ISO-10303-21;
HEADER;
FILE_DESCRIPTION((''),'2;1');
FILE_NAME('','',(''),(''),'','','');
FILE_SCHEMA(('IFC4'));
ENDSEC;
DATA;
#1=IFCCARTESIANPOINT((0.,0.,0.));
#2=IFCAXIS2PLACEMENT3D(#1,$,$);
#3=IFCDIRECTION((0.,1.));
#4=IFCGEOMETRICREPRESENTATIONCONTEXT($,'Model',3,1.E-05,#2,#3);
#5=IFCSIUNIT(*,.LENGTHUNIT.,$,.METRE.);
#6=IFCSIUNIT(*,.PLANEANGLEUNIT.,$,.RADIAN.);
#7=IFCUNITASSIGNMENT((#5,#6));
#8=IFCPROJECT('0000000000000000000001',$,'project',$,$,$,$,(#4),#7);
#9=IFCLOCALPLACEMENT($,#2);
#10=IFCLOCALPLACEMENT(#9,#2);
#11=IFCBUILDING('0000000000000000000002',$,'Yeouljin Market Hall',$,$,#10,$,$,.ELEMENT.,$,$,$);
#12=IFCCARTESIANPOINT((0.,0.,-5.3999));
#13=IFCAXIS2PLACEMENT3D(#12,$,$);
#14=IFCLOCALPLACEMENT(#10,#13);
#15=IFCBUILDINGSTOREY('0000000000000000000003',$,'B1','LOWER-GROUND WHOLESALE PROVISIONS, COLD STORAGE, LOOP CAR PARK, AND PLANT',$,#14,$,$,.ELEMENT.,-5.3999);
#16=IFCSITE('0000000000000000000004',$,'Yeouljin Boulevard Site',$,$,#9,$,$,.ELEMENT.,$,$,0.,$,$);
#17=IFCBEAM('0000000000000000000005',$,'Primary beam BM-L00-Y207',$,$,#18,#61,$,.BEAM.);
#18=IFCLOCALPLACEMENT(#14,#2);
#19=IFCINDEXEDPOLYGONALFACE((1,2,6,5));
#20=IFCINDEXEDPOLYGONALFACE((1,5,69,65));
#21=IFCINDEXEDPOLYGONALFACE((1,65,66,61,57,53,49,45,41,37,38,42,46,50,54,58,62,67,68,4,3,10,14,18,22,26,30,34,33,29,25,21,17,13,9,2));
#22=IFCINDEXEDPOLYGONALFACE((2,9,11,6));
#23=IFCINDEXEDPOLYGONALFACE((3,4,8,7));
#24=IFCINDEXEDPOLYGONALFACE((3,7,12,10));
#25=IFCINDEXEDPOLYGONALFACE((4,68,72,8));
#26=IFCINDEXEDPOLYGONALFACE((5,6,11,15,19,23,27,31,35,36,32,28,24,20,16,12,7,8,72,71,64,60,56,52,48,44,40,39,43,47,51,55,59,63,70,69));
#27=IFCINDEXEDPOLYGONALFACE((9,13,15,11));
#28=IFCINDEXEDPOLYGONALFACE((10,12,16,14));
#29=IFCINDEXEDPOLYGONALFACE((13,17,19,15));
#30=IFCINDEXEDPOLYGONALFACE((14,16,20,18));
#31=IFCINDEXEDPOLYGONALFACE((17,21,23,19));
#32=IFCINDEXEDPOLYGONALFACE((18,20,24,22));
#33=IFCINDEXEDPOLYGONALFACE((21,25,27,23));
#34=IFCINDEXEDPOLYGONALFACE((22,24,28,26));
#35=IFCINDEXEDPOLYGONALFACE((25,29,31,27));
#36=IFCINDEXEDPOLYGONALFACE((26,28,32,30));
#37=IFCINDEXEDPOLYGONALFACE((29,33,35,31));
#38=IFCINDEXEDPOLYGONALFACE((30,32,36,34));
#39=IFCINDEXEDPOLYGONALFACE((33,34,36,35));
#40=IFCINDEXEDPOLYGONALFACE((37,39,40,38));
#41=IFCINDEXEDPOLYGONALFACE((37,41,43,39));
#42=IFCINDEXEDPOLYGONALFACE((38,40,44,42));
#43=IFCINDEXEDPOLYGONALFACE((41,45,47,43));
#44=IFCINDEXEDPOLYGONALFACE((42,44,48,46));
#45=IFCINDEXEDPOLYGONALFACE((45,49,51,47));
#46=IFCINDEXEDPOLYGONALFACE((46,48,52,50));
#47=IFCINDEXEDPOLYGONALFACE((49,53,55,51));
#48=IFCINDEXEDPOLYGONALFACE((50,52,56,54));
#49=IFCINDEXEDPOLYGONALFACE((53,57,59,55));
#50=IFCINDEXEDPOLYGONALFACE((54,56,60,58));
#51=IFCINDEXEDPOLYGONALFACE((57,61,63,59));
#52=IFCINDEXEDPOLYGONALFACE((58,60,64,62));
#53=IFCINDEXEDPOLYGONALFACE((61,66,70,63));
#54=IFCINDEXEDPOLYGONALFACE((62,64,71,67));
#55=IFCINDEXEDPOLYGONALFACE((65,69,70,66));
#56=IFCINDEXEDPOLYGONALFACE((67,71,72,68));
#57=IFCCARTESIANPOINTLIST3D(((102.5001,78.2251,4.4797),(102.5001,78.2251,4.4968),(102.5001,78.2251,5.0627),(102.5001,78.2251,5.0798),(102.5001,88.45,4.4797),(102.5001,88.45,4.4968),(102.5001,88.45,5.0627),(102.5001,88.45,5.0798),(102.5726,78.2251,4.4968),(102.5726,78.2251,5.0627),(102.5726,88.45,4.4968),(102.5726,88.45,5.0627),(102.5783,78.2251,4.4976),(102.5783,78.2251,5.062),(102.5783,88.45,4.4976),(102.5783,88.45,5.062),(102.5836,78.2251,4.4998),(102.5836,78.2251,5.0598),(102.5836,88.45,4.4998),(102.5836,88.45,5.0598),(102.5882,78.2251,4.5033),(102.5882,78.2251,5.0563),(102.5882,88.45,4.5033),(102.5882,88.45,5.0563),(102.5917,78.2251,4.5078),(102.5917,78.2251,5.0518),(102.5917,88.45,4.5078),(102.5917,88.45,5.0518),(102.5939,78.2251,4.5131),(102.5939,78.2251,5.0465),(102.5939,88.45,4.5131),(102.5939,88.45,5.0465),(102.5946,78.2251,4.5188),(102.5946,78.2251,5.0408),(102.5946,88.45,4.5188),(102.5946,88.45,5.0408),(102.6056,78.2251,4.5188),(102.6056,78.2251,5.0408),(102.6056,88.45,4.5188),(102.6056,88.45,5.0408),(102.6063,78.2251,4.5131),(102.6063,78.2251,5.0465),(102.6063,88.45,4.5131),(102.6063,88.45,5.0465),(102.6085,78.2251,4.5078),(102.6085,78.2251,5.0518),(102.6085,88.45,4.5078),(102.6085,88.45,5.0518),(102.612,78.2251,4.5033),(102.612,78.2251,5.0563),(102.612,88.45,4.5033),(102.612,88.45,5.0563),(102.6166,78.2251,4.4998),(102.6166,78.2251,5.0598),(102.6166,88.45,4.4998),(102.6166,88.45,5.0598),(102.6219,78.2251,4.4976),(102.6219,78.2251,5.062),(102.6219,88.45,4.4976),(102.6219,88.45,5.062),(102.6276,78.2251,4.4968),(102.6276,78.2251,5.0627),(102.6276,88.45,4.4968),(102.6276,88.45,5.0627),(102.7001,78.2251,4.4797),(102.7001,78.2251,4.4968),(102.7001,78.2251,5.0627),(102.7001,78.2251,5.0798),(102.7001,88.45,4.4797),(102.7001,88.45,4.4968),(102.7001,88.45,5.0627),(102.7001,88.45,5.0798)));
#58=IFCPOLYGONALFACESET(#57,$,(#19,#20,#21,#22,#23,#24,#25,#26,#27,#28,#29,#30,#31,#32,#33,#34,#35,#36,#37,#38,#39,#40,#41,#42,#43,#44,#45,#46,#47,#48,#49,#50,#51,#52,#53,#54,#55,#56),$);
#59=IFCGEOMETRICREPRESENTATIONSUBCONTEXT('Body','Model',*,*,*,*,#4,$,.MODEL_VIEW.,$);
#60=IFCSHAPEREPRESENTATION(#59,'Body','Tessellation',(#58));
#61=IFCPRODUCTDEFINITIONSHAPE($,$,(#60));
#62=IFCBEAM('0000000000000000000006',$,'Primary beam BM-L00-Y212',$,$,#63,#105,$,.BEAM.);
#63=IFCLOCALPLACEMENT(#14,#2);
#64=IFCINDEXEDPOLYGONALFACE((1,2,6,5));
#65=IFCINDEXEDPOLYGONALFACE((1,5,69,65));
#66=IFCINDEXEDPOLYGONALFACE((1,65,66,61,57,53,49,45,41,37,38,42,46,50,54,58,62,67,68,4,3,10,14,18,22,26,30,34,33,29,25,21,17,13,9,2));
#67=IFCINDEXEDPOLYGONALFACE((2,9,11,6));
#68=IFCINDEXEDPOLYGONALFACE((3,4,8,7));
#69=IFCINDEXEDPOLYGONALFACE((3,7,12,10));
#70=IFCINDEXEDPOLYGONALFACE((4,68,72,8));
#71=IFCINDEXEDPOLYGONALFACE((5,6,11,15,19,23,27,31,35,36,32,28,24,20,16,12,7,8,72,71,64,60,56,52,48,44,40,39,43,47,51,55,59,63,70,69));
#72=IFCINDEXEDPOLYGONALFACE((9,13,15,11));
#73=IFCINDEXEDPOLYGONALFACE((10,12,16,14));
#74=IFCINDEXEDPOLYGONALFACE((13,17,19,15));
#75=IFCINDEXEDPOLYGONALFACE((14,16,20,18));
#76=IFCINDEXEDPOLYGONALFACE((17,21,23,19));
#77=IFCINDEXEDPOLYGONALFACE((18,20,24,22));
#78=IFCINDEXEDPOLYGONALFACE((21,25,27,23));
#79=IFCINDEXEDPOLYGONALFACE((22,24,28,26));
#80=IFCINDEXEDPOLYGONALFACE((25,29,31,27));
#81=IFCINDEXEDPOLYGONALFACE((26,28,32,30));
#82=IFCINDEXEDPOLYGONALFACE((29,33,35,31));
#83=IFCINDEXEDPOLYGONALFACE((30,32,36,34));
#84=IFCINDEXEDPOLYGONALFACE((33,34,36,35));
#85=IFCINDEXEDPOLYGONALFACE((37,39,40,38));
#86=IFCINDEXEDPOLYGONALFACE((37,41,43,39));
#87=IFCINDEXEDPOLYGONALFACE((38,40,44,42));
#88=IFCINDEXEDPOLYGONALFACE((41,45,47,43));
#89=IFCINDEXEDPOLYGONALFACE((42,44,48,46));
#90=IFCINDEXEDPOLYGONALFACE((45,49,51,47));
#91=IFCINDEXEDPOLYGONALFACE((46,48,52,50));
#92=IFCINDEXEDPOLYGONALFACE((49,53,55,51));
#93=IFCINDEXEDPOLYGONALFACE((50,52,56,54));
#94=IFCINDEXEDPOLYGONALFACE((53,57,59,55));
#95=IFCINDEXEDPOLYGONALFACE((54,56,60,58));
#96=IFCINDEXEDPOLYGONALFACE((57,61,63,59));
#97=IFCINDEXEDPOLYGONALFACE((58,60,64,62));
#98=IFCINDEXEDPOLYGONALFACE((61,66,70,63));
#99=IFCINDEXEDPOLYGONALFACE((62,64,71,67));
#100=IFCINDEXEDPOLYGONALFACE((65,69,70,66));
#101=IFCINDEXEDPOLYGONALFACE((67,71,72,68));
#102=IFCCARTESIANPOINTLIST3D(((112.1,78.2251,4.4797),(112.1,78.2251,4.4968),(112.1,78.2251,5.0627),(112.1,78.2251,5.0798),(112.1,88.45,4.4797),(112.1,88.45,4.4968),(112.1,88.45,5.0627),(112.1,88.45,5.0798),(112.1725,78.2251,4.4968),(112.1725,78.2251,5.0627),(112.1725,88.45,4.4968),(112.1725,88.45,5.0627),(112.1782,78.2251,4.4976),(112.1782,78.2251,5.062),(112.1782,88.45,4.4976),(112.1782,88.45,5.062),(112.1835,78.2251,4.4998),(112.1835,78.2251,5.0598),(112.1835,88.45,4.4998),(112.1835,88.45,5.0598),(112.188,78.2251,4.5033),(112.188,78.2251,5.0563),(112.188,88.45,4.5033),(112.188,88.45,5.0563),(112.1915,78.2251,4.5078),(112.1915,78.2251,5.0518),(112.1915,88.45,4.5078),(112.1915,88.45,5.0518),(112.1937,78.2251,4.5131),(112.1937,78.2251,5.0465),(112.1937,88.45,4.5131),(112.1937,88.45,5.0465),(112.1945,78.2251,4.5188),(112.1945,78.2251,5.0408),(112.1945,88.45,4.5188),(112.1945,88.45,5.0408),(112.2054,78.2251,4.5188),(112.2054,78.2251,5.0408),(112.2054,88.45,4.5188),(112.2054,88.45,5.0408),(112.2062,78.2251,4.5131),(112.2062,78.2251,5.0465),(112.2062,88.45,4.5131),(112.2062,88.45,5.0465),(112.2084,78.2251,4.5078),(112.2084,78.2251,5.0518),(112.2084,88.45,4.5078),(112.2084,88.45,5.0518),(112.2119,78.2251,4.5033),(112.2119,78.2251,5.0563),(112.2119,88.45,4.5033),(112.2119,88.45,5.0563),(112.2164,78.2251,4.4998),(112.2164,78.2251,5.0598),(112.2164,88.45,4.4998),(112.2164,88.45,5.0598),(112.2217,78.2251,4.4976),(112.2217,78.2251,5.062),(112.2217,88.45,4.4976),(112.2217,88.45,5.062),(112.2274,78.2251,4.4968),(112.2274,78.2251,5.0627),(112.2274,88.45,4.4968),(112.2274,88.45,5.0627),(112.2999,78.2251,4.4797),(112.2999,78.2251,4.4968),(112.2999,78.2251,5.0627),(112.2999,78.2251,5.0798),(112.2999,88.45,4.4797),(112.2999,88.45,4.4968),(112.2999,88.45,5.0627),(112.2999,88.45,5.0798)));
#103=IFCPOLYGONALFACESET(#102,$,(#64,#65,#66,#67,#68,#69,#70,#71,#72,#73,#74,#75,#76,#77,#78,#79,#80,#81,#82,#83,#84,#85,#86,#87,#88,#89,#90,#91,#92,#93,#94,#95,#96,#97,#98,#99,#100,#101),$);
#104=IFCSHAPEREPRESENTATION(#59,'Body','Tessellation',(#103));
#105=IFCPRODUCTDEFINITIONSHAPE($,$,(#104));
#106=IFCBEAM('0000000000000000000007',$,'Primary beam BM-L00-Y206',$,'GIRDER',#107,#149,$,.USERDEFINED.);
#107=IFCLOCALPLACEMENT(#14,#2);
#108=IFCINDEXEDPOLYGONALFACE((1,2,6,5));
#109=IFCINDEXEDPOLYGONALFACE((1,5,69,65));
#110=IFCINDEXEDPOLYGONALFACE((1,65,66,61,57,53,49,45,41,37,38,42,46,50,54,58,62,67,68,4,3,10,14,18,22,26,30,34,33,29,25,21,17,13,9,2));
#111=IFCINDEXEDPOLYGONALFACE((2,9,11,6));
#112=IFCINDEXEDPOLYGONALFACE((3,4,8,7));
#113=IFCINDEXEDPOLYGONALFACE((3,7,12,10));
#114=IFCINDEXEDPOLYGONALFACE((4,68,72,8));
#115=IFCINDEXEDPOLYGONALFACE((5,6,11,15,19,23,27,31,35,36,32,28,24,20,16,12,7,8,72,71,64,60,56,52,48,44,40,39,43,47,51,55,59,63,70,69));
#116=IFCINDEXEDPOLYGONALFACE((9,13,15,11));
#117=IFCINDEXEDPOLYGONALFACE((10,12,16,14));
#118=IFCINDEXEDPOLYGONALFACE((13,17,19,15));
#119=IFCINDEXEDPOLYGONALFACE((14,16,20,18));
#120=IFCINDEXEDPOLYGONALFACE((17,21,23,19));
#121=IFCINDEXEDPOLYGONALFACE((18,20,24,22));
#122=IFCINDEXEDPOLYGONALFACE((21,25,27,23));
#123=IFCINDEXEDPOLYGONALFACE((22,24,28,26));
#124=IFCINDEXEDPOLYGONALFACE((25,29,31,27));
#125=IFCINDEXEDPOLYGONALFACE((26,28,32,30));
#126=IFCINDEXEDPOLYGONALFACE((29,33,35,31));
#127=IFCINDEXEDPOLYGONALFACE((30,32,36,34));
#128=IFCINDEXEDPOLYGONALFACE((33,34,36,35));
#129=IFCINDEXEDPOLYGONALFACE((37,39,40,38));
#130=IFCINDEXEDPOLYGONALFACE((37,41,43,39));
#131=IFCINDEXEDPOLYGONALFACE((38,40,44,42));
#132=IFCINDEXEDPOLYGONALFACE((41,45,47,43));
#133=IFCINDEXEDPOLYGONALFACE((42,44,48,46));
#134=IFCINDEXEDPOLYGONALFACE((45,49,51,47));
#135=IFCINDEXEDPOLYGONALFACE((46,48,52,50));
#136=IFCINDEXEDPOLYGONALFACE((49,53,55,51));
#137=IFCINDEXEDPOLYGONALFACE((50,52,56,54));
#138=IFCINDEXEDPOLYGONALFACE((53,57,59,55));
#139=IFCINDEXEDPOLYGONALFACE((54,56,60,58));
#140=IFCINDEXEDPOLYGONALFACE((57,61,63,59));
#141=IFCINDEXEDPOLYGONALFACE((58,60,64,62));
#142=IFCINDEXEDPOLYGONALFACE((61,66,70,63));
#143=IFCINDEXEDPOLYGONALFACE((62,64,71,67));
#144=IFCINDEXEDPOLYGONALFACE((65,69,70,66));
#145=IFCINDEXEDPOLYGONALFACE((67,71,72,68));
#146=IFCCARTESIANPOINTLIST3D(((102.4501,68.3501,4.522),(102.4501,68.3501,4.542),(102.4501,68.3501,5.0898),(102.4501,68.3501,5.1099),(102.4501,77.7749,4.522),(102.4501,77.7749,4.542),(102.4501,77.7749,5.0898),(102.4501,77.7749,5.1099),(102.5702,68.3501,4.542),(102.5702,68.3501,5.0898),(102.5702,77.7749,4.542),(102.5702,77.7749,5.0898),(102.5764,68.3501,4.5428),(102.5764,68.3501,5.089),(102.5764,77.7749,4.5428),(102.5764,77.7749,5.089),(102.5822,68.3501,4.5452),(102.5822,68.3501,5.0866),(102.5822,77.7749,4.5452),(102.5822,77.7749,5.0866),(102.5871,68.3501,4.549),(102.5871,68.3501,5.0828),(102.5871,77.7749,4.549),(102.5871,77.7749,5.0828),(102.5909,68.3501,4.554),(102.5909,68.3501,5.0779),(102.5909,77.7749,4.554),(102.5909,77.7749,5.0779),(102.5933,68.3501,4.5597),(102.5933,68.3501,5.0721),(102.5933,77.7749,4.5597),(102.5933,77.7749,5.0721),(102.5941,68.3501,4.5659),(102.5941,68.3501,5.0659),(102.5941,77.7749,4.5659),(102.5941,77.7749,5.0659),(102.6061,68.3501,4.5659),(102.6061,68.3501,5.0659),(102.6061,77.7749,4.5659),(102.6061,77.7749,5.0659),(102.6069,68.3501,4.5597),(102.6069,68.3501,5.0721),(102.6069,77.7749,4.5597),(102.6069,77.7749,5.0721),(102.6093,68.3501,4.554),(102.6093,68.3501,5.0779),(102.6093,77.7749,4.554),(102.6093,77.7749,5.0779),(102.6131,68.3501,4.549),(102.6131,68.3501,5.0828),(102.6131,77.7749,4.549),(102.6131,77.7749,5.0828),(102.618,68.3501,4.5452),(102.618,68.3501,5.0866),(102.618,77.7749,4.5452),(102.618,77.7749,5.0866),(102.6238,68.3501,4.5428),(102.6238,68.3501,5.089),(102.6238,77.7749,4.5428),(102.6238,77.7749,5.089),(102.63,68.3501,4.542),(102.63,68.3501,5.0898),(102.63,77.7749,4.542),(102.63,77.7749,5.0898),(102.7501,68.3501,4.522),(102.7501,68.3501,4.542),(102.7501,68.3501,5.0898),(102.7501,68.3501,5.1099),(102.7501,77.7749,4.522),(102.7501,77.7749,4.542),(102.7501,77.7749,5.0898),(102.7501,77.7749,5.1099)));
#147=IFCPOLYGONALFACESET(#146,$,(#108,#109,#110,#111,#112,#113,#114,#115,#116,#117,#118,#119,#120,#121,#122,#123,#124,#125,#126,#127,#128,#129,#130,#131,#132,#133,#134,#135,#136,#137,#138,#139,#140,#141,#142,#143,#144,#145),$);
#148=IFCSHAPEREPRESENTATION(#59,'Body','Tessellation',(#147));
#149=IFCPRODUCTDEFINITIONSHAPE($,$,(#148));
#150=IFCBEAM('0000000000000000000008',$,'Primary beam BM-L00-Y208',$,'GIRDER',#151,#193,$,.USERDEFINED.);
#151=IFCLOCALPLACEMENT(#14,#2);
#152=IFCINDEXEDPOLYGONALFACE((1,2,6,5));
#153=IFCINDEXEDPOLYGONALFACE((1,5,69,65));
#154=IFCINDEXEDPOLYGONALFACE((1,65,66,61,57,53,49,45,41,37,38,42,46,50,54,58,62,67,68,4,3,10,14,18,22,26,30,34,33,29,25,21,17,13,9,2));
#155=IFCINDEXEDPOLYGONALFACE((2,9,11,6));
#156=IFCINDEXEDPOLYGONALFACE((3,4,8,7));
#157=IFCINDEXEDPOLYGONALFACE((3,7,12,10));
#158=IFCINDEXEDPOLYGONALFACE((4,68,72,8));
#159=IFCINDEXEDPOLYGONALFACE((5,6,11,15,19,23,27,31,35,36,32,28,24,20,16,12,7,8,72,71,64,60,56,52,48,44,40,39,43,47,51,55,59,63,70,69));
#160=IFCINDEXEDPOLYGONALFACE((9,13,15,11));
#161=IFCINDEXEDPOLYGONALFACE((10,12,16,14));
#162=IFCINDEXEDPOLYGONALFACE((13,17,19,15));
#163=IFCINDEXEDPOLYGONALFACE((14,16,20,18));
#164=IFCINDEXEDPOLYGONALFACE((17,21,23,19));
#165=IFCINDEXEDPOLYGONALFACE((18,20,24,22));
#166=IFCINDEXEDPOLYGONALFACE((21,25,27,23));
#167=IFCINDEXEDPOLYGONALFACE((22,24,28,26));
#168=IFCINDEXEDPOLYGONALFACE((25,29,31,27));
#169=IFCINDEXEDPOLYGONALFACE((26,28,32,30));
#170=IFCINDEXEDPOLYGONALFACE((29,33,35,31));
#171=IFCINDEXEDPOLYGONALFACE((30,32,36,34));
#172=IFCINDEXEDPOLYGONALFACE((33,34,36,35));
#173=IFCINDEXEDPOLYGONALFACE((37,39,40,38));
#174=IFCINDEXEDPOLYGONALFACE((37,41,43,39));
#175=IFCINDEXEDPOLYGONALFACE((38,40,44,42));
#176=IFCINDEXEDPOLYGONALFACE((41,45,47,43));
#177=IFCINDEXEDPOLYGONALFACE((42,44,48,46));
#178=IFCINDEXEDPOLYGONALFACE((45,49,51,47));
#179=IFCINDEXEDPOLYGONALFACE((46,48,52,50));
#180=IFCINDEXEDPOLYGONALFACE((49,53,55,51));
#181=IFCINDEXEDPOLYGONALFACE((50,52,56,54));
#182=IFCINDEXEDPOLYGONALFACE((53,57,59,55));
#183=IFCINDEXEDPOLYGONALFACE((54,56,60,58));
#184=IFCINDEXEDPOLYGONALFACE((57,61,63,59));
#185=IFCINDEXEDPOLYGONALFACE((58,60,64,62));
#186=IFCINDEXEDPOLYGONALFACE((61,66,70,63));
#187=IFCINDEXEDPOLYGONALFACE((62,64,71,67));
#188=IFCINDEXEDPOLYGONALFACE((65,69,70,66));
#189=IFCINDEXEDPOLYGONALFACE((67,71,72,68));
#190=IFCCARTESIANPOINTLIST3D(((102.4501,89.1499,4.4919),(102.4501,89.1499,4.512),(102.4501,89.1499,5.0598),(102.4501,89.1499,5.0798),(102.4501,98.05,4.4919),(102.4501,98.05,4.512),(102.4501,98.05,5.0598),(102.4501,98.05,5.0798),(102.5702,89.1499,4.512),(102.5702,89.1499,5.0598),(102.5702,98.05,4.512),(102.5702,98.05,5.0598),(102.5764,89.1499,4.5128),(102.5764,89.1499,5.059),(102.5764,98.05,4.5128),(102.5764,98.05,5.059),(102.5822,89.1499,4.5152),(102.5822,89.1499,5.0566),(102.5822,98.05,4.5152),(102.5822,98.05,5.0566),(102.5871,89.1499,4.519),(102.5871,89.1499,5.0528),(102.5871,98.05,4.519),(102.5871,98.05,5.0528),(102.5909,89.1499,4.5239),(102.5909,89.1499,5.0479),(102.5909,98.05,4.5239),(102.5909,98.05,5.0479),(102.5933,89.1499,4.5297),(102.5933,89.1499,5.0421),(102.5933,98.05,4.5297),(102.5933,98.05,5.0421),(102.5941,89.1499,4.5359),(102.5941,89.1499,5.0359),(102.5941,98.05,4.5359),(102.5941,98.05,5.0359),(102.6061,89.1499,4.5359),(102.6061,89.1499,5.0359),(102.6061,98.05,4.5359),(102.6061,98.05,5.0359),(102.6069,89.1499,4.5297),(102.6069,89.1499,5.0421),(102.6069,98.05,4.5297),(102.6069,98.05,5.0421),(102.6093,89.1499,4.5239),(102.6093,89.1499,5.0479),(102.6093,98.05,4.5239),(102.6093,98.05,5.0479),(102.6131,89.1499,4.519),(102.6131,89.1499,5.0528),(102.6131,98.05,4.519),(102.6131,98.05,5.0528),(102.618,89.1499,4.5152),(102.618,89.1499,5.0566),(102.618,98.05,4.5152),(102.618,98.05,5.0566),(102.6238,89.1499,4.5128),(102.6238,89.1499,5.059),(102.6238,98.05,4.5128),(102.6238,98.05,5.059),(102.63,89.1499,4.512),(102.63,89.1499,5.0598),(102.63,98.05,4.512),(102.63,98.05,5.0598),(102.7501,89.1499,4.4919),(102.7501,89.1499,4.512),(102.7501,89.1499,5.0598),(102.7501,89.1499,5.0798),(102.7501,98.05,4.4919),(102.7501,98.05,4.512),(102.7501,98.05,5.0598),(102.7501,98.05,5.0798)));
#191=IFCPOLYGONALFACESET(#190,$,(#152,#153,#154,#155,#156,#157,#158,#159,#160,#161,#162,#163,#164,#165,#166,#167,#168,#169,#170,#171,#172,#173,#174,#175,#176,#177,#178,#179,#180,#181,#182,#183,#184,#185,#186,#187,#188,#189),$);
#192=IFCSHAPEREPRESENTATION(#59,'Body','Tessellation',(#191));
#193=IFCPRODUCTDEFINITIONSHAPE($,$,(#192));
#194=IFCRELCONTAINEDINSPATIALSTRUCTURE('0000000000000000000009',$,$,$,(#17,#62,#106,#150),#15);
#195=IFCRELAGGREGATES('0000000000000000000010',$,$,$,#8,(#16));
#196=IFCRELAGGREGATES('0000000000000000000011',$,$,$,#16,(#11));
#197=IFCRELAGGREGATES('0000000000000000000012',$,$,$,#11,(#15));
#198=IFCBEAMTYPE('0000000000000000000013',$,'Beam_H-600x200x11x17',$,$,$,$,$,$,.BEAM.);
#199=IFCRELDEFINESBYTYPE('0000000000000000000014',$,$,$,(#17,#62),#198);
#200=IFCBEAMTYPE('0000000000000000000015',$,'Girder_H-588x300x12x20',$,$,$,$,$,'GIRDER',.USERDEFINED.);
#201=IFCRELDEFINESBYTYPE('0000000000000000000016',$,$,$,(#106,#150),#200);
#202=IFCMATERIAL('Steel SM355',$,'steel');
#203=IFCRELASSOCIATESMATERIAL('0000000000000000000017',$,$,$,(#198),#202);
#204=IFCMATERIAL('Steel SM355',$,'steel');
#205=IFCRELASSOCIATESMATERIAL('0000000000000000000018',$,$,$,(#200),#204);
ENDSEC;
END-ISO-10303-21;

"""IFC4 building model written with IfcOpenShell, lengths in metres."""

from ifc_helpers import new_model, si_unit, direction, frame, origin, origin_2d, place, context, subcontext, project, spatial, i_section, extrude, material, material_profile, profile_set, type_object, element, save


model = new_model("IFC4")

# Units and contexts
model_context = context("Model", 3, precision=1e-05, world=origin(), true_north=direction((0.0, 1.0)))
body_context = subcontext(model_context, "Body", "Model", "MODEL_VIEW")
ifc_project = project(units=[si_unit("LENGTHUNIT", "METRE"), si_unit("PLANEANGLEUNIT", "RADIAN")], contexts=[model_context])

# Site, building, storey
site_placement = place(None, origin())
site = spatial("IfcSite", under=ifc_project, at=site_placement, Name="Yeouljin Boulevard Site", CompositionType="ELEMENT", RefElevation=0.0)
building_placement = place(site_placement, origin())
building = spatial("IfcBuilding", under=site, at=building_placement, Name="Yeouljin Market Hall", CompositionType="ELEMENT")
storey_placement = place(building_placement, frame((0.0, 0.0, -5.3999)))
storey = spatial("IfcBuildingStorey", under=building, at=storey_placement, Name="B1", Description="LOWER-GROUND WHOLESALE PROVISIONS, COLD STORAGE, LOOP CAR PARK, AND PLANT", CompositionType="ELEMENT", Elevation=-5.3999)

# Beams
ifc_material_1 = material(Name="Steel SM355", Category="steel")
ifc_material_profile_1 = material_profile(ifc_material_1, i_section(OverallWidth=0.2, OverallDepth=0.6001, WebThickness=0.011, FlangeThickness=0.0171, FilletRadius=0.022, at=origin_2d()), Name="H-600x200x11x17")
ifc_profile_set_1 = profile_set([ifc_material_profile_1], Name="Steel SM355")
beam_type_1 = type_object("IfcBeamType", Name="Beam_H-600x200x11x17", PredefinedType="BEAM", material=ifc_profile_set_1)
for number, where, z_axis, x_axis, name in (
    (1, (102.6001, 78.2251, 4.7798), (0.0, 1.0, 0.0), (-1.0, 0.0, 0.0), "Primary beam BM-L00-Y207"),
    (2, (112.2, 78.2251, 4.7798), (0.0, 1.0, 0.0), (-1.0, 0.0, 0.0), "Primary beam BM-L00-Y212"),
):
    element("IfcBeam", number, at=place(storey_placement, frame(where, z_axis=z_axis, x_axis=x_axis)), inside=storey, type_object=beam_type_1, Name=name, PredefinedType="BEAM", context=body_context, shape_type="SweptSolid", body=[
        extrude(i_section(OverallWidth=0.2, OverallDepth=0.6001, WebThickness=0.011, FlangeThickness=0.0171, FilletRadius=0.022, at=origin_2d()), origin(), (0.0, 0.0, 1.0), 10.2249),
    ])
ifc_material_2 = material(Name="Steel SM355", Category="steel")
ifc_material_profile_2 = material_profile(ifc_material_2, i_section(OverallWidth=0.3, OverallDepth=0.5879, WebThickness=0.012, FlangeThickness=0.02, FilletRadius=0.0239, at=origin_2d()), Name="H-588x300x12x20")
ifc_profile_set_2 = profile_set([ifc_material_profile_2], Name="Steel SM355")
beam_type_2 = type_object("IfcBeamType", Name="Girder_H-588x300x12x20", ElementType="GIRDER", PredefinedType="USERDEFINED", material=ifc_profile_set_2)
beam_1_placement = place(storey_placement, frame((102.6001, 68.3501, 4.8159), z_axis=(0.0, 1.0, 0.0), x_axis=(-1.0, 0.0, 0.0)))
element("IfcBeam", 3, at=beam_1_placement, inside=storey, type_object=beam_type_2, Name="Primary beam BM-L00-Y206", ObjectType="GIRDER", PredefinedType="USERDEFINED", context=body_context, shape_type="SweptSolid", body=[
    extrude(i_section(OverallWidth=0.3, OverallDepth=0.5879, WebThickness=0.012, FlangeThickness=0.02, FilletRadius=0.0239, at=origin_2d()), origin(), (0.0, 0.0, 1.0), 9.4248),
])
for number, where, z_axis, x_axis, name in (
    (4, (102.6001, 89.1499, 4.7859), (0.0, 1.0, 0.0), (-1.0, 0.0, 0.0), "Primary beam BM-L00-Y208"),
):
    element("IfcBeam", number, at=place(storey_placement, frame(where, z_axis=z_axis, x_axis=x_axis)), inside=storey, type_object=beam_type_2, Name=name, ObjectType="GIRDER", PredefinedType="USERDEFINED", context=body_context, shape_type="SweptSolid", body=[
        extrude(i_section(OverallWidth=0.3, OverallDepth=0.5879, WebThickness=0.012, FlangeThickness=0.02, FilletRadius=0.0239, at=origin_2d()), origin(), (0.0, 0.0, 1.0), 8.9001),
    ])

save(model, "model.ifc")
